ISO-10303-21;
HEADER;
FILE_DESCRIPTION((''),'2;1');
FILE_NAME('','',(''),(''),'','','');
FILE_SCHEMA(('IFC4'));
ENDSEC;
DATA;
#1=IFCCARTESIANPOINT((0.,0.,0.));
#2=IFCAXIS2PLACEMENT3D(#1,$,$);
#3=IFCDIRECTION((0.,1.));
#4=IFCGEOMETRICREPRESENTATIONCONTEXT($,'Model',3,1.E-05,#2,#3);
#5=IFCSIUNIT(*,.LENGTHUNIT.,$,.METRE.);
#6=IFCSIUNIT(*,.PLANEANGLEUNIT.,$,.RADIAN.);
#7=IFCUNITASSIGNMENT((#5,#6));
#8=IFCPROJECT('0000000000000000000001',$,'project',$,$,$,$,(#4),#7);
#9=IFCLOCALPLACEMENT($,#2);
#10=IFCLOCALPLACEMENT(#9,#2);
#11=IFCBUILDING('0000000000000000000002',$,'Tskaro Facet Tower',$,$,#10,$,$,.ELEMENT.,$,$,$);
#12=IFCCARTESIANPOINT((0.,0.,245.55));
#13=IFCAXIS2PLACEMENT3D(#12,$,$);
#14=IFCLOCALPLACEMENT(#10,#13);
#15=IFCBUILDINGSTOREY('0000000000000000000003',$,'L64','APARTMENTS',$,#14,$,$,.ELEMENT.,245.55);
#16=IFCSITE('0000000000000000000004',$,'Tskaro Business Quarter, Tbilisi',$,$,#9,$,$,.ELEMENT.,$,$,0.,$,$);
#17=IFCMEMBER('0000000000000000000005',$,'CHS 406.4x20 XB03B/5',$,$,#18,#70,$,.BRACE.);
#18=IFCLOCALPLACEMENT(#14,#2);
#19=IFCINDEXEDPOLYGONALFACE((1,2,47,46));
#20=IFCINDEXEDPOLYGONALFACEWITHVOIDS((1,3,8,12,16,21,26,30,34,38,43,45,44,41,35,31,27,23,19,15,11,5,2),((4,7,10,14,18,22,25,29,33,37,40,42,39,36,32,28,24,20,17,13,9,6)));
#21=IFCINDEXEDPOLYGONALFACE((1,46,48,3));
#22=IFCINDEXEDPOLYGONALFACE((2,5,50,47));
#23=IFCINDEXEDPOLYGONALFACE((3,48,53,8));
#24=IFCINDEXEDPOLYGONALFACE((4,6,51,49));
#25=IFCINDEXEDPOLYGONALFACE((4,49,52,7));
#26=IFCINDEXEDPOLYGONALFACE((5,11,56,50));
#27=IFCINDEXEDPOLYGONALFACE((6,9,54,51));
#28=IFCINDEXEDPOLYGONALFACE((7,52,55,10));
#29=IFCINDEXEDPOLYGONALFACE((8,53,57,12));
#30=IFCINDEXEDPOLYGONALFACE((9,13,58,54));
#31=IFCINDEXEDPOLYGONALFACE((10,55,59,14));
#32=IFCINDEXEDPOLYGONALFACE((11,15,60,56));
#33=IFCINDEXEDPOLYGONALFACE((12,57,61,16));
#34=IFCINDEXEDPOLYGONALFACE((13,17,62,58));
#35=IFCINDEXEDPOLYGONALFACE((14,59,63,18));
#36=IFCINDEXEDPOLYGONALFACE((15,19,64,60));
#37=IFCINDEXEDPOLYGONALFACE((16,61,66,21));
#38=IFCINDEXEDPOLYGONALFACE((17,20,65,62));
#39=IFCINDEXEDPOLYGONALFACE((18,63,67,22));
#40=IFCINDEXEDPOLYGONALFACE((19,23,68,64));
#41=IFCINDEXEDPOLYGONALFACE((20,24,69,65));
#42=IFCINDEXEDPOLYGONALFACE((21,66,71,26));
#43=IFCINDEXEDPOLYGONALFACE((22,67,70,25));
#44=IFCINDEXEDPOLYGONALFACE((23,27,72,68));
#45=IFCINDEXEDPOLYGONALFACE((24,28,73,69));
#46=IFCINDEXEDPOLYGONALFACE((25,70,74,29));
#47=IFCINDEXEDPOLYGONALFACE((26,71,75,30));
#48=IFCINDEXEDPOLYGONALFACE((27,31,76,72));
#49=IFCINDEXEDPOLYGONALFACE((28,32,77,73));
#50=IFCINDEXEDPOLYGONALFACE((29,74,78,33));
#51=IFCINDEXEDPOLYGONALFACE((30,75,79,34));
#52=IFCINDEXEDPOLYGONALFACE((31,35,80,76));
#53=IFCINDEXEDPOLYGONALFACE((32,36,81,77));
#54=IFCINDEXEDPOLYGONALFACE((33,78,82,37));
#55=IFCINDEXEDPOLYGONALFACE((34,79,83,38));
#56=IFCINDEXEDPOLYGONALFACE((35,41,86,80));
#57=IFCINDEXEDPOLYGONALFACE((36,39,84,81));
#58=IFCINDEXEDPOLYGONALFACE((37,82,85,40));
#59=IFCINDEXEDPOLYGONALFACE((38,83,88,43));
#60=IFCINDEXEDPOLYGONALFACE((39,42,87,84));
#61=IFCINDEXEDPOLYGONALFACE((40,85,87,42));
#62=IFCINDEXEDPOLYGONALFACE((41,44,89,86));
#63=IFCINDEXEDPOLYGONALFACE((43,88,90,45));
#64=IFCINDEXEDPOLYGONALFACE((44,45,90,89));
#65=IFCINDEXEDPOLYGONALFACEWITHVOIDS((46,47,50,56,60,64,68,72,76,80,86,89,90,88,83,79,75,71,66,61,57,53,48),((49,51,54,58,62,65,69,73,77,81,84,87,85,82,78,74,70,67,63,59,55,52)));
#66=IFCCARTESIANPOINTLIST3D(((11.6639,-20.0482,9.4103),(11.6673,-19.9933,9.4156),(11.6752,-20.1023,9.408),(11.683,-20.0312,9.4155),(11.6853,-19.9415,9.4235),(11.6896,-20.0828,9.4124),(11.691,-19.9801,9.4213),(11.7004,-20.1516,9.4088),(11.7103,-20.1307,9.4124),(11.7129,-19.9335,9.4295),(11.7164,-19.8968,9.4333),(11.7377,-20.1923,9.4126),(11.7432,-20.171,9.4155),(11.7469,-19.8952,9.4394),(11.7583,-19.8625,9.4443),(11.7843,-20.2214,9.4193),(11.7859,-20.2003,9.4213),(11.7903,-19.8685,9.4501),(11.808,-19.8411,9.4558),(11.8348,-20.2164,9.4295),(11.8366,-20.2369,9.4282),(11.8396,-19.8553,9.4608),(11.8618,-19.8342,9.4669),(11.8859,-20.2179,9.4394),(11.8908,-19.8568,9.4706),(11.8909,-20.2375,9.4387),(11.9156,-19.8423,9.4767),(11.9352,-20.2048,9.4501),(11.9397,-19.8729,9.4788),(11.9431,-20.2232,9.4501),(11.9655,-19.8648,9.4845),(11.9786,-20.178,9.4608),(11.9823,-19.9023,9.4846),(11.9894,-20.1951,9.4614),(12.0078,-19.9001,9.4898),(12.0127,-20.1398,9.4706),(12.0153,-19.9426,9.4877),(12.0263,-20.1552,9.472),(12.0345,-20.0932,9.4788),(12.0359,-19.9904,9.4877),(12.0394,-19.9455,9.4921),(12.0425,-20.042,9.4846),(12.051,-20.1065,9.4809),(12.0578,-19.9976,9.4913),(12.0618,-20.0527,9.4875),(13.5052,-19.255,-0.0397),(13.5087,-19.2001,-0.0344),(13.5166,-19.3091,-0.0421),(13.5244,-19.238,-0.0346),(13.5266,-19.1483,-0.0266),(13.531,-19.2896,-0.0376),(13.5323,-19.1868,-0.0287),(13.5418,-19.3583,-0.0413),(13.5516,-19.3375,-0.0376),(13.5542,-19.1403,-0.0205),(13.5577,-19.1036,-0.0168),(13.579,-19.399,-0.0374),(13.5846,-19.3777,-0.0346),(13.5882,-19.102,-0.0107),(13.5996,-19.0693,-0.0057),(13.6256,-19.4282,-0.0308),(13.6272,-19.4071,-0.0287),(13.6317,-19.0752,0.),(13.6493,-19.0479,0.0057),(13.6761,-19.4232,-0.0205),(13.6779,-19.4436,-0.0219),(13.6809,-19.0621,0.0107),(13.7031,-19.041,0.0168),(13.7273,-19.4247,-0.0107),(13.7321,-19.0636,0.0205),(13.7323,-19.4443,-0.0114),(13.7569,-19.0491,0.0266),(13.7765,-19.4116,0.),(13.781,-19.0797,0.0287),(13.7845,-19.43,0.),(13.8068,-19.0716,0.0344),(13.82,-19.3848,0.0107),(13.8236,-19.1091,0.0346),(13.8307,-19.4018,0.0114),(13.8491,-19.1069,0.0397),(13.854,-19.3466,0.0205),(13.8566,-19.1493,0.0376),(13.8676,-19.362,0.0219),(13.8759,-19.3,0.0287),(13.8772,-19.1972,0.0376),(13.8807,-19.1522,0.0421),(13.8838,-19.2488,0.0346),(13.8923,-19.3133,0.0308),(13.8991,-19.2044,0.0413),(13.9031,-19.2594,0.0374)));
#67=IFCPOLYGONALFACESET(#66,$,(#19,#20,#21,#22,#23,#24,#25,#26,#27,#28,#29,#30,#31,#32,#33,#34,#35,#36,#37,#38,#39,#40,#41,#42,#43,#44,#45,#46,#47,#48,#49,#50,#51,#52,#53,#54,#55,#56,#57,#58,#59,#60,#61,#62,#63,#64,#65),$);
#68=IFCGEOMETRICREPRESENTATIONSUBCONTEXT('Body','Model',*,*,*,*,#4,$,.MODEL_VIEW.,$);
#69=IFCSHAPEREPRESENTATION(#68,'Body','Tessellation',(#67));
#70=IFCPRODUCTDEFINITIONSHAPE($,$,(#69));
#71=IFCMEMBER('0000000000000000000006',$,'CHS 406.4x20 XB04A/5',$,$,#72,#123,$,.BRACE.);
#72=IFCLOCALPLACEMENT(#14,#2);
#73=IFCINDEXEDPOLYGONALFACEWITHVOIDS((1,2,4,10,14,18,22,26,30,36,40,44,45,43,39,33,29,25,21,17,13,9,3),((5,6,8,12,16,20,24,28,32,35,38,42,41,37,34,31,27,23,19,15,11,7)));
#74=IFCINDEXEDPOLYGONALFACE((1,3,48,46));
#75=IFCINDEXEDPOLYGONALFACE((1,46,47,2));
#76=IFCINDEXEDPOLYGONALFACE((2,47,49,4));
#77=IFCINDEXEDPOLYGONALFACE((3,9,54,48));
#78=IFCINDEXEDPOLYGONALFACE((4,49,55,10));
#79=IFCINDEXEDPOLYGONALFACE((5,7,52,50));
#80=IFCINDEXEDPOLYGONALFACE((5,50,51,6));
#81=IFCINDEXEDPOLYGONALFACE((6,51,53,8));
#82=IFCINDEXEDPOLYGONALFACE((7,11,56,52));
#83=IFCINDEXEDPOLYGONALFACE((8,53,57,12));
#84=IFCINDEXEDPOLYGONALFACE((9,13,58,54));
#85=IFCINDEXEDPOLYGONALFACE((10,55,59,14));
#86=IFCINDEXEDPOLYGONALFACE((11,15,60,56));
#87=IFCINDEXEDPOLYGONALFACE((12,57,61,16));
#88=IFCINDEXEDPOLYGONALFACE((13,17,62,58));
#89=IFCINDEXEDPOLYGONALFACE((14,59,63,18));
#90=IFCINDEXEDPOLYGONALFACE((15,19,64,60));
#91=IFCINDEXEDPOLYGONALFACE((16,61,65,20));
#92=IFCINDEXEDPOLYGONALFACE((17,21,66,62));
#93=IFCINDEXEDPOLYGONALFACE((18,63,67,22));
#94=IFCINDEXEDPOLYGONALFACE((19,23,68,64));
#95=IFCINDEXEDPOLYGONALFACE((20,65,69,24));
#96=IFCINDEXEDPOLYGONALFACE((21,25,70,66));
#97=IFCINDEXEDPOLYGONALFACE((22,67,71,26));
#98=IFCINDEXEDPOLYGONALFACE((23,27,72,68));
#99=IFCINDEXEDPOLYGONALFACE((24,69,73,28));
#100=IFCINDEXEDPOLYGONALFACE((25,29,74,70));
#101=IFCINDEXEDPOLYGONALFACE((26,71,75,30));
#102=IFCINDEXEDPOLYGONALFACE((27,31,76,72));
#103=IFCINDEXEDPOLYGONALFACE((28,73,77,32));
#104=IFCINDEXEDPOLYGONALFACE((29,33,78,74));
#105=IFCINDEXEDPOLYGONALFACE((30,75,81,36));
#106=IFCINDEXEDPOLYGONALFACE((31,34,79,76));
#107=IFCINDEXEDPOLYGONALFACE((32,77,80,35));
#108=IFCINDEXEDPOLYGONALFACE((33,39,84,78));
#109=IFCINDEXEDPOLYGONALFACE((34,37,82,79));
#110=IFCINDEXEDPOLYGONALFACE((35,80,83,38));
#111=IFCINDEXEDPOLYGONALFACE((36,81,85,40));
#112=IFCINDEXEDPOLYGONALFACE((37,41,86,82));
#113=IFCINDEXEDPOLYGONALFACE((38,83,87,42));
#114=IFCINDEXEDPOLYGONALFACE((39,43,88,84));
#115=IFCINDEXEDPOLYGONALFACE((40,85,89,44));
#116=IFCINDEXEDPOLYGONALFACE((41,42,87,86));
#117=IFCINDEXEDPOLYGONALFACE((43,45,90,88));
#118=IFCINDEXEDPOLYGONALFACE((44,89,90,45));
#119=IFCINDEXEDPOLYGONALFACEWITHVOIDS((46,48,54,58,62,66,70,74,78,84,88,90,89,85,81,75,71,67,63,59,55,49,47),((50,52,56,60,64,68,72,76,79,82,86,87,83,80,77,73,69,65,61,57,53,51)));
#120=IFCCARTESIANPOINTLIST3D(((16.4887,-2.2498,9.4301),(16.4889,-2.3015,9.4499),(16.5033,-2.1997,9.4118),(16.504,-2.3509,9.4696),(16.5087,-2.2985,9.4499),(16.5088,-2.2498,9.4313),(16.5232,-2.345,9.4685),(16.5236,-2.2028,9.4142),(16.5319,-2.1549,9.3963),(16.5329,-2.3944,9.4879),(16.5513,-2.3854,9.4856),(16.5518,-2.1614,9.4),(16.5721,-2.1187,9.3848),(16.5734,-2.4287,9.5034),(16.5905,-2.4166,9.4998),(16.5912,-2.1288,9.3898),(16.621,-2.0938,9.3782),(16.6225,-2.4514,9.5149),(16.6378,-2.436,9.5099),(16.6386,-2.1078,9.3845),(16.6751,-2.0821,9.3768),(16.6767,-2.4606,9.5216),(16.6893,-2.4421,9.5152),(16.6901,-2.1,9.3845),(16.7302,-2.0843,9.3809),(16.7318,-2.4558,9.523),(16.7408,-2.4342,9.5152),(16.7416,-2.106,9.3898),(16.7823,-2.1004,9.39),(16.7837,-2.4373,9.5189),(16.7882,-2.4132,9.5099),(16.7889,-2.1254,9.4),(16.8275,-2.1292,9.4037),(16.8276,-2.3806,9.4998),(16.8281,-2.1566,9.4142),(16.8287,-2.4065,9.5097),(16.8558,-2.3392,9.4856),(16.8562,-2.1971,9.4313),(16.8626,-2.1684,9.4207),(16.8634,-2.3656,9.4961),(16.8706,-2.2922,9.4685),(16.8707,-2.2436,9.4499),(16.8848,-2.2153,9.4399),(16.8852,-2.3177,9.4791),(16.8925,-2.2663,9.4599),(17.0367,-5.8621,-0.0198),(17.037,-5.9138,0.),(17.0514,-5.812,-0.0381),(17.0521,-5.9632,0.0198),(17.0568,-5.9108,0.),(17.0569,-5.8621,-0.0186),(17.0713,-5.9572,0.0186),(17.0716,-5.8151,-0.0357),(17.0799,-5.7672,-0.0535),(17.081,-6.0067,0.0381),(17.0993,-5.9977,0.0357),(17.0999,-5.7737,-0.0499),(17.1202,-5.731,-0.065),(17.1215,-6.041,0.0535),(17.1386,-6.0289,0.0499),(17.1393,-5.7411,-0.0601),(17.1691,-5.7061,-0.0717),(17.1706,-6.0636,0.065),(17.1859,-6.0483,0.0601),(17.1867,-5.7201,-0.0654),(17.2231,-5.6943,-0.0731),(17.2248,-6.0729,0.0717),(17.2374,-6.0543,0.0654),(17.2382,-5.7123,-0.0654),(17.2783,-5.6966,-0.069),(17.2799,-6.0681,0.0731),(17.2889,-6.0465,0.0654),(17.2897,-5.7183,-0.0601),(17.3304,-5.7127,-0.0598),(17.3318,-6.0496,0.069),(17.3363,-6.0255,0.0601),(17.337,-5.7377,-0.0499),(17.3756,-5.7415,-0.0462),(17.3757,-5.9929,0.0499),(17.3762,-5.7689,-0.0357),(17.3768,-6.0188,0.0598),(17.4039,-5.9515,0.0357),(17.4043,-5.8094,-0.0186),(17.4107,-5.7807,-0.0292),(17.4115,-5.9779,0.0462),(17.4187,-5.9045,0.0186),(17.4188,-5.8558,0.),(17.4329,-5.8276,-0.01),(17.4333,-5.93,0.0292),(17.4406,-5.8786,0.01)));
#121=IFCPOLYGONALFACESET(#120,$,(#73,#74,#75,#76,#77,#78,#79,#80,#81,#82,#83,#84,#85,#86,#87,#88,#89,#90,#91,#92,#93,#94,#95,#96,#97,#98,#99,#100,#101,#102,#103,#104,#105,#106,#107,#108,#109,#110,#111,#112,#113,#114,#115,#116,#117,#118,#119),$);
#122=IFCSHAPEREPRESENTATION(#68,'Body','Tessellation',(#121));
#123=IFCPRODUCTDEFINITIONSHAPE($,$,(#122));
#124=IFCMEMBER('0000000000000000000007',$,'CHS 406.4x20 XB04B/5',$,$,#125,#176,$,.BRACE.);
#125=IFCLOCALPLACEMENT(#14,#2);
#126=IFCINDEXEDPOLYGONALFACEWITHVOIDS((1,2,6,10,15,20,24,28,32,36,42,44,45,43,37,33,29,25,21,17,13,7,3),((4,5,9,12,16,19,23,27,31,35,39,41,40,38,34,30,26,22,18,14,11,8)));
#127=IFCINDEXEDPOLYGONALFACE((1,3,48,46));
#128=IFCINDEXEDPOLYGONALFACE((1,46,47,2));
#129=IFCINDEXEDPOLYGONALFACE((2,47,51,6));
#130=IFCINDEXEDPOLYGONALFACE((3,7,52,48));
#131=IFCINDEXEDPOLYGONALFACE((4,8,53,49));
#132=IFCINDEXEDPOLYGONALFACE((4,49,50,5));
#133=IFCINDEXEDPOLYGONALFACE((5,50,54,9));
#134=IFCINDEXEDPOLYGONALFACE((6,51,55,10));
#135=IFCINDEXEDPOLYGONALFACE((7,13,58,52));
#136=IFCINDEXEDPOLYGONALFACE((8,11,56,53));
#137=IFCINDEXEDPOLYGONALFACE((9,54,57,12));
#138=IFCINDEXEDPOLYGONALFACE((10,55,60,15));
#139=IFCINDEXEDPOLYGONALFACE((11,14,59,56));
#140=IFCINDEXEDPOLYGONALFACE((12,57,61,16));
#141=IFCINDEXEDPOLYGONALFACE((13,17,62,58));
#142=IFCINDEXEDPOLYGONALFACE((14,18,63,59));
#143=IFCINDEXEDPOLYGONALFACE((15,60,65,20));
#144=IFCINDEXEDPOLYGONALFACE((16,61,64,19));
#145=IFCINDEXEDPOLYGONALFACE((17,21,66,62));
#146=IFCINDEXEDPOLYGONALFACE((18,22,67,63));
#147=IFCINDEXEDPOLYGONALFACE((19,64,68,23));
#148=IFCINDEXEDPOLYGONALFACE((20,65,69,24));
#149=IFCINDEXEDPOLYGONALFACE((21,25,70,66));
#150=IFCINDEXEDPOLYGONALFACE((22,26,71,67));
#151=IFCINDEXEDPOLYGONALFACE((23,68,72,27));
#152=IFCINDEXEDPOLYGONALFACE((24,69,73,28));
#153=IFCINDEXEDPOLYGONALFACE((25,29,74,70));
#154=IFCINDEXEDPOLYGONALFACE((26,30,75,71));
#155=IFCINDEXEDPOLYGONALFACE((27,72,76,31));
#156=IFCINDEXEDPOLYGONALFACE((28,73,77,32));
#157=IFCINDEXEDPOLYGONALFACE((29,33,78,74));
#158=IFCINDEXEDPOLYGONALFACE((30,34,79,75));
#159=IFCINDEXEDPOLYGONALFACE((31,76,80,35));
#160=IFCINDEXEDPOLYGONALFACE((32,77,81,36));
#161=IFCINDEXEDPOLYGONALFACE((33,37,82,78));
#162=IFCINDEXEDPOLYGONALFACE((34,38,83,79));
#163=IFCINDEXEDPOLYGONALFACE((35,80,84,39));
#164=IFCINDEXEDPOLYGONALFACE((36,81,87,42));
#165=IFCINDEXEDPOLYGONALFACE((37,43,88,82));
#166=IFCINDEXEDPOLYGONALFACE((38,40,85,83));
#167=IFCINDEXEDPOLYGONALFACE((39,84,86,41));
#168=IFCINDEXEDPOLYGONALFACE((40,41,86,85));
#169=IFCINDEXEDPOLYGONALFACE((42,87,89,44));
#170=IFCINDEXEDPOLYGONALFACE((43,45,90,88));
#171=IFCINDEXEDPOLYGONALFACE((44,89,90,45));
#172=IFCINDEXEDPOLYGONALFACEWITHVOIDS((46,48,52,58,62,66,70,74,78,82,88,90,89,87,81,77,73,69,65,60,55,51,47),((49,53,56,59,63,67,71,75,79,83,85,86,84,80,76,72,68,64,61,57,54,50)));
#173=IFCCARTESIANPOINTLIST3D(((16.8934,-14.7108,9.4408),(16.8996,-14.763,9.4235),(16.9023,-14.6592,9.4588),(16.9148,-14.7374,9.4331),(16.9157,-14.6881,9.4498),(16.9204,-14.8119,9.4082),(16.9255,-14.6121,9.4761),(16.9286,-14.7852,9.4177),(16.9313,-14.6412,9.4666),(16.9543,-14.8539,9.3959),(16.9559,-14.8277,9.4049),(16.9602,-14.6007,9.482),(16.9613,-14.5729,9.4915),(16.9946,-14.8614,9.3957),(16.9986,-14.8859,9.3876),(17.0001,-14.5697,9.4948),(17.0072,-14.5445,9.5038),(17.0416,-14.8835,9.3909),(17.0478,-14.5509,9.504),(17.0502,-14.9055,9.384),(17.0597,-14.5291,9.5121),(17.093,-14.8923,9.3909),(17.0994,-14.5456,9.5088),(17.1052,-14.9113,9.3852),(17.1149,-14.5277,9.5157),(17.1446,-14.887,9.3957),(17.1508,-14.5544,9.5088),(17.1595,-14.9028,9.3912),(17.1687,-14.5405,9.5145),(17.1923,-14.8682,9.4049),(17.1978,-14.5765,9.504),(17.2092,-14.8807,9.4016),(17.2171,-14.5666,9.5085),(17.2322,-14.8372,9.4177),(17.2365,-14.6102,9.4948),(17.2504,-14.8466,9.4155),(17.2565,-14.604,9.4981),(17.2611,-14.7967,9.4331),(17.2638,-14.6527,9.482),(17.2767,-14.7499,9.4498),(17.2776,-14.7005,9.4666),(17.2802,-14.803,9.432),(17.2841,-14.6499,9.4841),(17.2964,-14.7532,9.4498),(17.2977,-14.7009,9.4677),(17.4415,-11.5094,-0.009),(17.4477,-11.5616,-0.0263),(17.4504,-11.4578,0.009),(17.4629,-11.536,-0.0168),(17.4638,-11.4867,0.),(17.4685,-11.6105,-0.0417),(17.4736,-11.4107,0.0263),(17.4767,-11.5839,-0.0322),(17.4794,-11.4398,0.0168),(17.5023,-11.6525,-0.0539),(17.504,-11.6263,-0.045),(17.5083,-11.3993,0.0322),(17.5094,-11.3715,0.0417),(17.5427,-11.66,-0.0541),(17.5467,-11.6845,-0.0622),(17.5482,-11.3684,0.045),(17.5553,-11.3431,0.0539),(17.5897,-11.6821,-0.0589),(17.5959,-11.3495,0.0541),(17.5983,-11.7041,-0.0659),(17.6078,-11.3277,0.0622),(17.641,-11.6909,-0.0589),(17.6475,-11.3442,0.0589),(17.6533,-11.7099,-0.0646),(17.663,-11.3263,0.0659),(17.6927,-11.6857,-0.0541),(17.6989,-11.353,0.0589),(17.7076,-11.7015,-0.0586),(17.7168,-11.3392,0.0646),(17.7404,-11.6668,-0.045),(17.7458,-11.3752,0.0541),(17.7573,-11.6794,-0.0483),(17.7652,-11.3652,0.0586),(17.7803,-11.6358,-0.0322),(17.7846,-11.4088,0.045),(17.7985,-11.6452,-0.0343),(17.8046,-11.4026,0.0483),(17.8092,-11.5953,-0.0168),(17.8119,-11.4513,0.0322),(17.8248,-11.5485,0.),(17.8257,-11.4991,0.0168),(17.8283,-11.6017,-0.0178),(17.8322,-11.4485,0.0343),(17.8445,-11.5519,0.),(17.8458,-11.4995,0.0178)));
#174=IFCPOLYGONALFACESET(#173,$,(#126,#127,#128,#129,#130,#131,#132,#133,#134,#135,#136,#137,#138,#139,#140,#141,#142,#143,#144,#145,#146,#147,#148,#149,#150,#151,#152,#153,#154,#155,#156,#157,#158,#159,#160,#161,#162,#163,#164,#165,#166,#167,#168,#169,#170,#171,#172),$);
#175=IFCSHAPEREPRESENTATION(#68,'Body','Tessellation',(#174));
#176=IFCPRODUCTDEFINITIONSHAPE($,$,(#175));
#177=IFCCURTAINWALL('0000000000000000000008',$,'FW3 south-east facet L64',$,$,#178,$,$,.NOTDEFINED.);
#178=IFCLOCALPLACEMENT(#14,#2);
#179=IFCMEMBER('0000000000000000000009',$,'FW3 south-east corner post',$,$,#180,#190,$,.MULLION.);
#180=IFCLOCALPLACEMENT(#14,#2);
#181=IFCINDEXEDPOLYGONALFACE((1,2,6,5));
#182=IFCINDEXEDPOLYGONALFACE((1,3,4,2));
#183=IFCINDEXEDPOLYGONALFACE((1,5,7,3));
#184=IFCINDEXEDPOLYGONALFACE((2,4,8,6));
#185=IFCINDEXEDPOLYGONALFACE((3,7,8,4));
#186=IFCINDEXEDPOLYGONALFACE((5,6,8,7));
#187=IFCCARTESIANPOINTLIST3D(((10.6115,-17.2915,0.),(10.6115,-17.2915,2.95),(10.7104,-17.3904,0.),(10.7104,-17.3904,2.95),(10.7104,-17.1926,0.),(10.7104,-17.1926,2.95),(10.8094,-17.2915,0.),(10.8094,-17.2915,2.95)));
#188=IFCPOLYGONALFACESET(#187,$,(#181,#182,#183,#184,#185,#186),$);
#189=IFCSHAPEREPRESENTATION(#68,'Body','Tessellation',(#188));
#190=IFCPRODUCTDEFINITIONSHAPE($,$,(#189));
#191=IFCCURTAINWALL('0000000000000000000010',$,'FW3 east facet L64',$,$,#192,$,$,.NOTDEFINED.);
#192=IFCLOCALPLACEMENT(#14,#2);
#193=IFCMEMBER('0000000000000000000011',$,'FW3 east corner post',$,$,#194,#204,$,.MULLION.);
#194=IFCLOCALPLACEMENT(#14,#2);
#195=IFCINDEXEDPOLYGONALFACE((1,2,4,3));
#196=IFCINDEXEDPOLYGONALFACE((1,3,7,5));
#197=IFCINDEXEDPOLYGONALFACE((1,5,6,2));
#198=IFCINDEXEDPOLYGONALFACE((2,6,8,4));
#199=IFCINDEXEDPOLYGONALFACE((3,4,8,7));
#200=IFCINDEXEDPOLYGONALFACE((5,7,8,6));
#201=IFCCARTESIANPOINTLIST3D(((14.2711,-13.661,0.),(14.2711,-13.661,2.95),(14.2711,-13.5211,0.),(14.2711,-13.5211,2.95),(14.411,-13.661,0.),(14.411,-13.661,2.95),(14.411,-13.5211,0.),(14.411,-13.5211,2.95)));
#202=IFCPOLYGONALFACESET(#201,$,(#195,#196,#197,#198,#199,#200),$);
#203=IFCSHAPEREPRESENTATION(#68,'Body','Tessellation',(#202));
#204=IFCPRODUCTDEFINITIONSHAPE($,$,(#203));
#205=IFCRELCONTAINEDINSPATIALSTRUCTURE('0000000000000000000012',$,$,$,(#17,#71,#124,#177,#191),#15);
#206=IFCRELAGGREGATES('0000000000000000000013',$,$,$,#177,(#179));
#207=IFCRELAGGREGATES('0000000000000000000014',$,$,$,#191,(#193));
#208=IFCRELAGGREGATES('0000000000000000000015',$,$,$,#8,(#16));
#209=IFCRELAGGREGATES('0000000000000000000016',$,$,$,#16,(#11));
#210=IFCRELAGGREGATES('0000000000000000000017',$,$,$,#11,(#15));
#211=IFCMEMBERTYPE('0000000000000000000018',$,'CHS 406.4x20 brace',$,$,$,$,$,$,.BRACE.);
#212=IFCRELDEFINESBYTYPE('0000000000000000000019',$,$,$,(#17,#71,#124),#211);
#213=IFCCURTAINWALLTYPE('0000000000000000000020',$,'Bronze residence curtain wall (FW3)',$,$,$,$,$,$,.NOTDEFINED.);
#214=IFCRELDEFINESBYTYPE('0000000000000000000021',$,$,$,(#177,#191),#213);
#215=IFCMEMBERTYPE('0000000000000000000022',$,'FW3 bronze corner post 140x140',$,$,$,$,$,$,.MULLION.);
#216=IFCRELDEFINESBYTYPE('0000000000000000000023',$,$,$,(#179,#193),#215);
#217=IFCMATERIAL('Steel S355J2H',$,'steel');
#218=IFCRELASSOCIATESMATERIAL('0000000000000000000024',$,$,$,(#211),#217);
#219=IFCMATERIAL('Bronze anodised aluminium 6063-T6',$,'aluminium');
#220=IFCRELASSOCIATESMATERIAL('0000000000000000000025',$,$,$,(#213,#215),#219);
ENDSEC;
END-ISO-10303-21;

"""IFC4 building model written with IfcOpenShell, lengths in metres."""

from ifc_helpers import new_model, si_unit, direction, frame, origin, origin_2d, place, context, subcontext, project, spatial, rectangle, hollow_circle, extrude, material, material_profile, profile_set, type_object, element, aggregate, save


model = new_model("IFC4")

# Units and contexts
model_context = context("Model", 3, precision=1e-05, world=origin(), true_north=direction((0.0, 1.0)))
body_context = subcontext(model_context, "Body", "Model", "MODEL_VIEW")
ifc_project = project(units=[si_unit("LENGTHUNIT", "METRE"), si_unit("PLANEANGLEUNIT", "RADIAN")], contexts=[model_context])

# Site, building, storey
site_placement = place(None, origin())
site = spatial("IfcSite", under=ifc_project, at=site_placement, Name="Tskaro Business Quarter, Tbilisi", CompositionType="ELEMENT", RefElevation=0.0)
building_placement = place(site_placement, origin())
building = spatial("IfcBuilding", under=site, at=building_placement, Name="Tskaro Facet Tower", CompositionType="ELEMENT")
storey_placement = place(building_placement, frame((0.0, 0.0, 245.55)))
storey = spatial("IfcBuildingStorey", under=building, at=storey_placement, Name="L64", Description="APARTMENTS", CompositionType="ELEMENT", Elevation=245.55)

# Shared definitions
ifc_material_1 = material(Name="Steel S355J2H", Category="steel")

# Members
ifc_material_profile_1 = material_profile(ifc_material_1, hollow_circle(Radius=0.2031, WallThickness=0.02, at=origin_2d()), Name="CHS 406.4x20")
ifc_profile_set_1 = profile_set([ifc_material_profile_1], Name="Steel S355J2H")
member_type_1 = type_object("IfcMemberType", Name="CHS 406.4x20 brace", PredefinedType="BRACE", material=ifc_profile_set_1)
for number, where, z_axis, x_axis, name in (
    (1, (13.7041, -19.2434, 0.0), (-0.190606, -0.082111, 0.978227), (0.395638, -0.918406, 0.0), "CHS 406.4x20 XB03B/5"),
):
    element("IfcMember", number, at=place(storey_placement, frame(where, z_axis=z_axis, x_axis=x_axis)), inside=storey, type_object=member_type_1, Name=name, PredefinedType="BRACE", context=body_context, shape_type="SweptSolid", body=[
        extrude(hollow_circle(Radius=0.2031, WallThickness=0.02, at=origin_2d()), origin(), (0.0, 0.0, 1.0), 9.6604),
    ])
member_1_placement = place(storey_placement, frame((17.2378, -5.8833, 0.0), z_axis=(-0.054097, 0.356536, 0.932714), x_axis=(-0.988684, -0.150013, 0.0)))
element("IfcMember", 2, at=member_1_placement, inside=storey, type_object=member_type_1, Name="CHS 406.4x20 XB04A/5", PredefinedType="BRACE", context=body_context, shape_type="SweptSolid", body=[
    extrude(hollow_circle(Radius=0.2031, WallThickness=0.02, at=origin_2d()), origin(), (0.0, 0.0, 1.0), 10.1316),
])
member_2_placement = place(storey_placement, frame((17.6443, -11.5176, 0.0), z_axis=(-0.05485, -0.32038, 0.9457), x_axis=(0.985659, -0.168749, 0.0)))
element("IfcMember", 3, at=member_2_placement, inside=storey, type_object=member_type_1, Name="CHS 406.4x20 XB04B/5", PredefinedType="BRACE", context=body_context, shape_type="SweptSolid", body=[
    extrude(hollow_circle(Radius=0.2031, WallThickness=0.02, at=origin_2d()), origin(), (0.0, 0.0, 1.0), 9.9924),
])

# Curtain wall, member
ifc_material_2 = material(Name="Bronze anodised aluminium 6063-T6", Category="aluminium")
curtain_wall_type = type_object("IfcCurtainWallType", Name="Bronze residence curtain wall (FW3)", PredefinedType="NOTDEFINED", material=ifc_material_2)
curtain_wall_1_placement = place(storey_placement, origin())
curtain_wall_1 = element("IfcCurtainWall", 4, at=curtain_wall_1_placement, inside=storey, type_object=curtain_wall_type, Name="FW3 south-east facet L64", PredefinedType="NOTDEFINED")
ifc_material_profile_2 = material_profile(ifc_material_2, rectangle(XDim=0.1399, YDim=0.1399, at=origin_2d()), Name="Corner post 140x140")
ifc_profile_set_2 = profile_set([ifc_material_profile_2], Name="Bronze anodised aluminium 6063-T6")
member_type_2 = type_object("IfcMemberType", Name="FW3 bronze corner post 140x140", PredefinedType="MULLION", material=ifc_profile_set_2)
member_3_placement = place(storey_placement, frame((10.7104, -17.2915, 0.0), z_axis=(0.0, 0.0, 1.0), x_axis=(0.707107, 0.707107, 0.0)))
member_3 = element("IfcMember", 5, at=member_3_placement, type_object=member_type_2, Name="FW3 south-east corner post", PredefinedType="MULLION", context=body_context, shape_type="SweptSolid", body=[
    extrude(rectangle(XDim=0.1399, YDim=0.1399, at=origin_2d()), origin(), (0.0, 0.0, 1.0), 2.95),
])

# Curtain wall, member
curtain_wall_2_placement = place(storey_placement, origin())
curtain_wall_2 = element("IfcCurtainWall", 6, at=curtain_wall_2_placement, inside=storey, type_object=curtain_wall_type, Name="FW3 east facet L64", PredefinedType="NOTDEFINED")
member_4_placement = place(storey_placement, frame((14.3411, -13.5911, 0.0), z_axis=(0.0, 0.0, 1.0), x_axis=(0.0, 1.0, 0.0)))
member_4 = element("IfcMember", 7, at=member_4_placement, type_object=member_type_2, Name="FW3 east corner post", PredefinedType="MULLION", context=body_context, shape_type="SweptSolid", body=[
    extrude(rectangle(XDim=0.1399, YDim=0.1399, at=origin_2d()), origin(), (0.0, 0.0, 1.0), 2.95),
])

aggregate(curtain_wall_1, [member_3])
aggregate(curtain_wall_2, [member_4])

save(model, "model.ifc")
